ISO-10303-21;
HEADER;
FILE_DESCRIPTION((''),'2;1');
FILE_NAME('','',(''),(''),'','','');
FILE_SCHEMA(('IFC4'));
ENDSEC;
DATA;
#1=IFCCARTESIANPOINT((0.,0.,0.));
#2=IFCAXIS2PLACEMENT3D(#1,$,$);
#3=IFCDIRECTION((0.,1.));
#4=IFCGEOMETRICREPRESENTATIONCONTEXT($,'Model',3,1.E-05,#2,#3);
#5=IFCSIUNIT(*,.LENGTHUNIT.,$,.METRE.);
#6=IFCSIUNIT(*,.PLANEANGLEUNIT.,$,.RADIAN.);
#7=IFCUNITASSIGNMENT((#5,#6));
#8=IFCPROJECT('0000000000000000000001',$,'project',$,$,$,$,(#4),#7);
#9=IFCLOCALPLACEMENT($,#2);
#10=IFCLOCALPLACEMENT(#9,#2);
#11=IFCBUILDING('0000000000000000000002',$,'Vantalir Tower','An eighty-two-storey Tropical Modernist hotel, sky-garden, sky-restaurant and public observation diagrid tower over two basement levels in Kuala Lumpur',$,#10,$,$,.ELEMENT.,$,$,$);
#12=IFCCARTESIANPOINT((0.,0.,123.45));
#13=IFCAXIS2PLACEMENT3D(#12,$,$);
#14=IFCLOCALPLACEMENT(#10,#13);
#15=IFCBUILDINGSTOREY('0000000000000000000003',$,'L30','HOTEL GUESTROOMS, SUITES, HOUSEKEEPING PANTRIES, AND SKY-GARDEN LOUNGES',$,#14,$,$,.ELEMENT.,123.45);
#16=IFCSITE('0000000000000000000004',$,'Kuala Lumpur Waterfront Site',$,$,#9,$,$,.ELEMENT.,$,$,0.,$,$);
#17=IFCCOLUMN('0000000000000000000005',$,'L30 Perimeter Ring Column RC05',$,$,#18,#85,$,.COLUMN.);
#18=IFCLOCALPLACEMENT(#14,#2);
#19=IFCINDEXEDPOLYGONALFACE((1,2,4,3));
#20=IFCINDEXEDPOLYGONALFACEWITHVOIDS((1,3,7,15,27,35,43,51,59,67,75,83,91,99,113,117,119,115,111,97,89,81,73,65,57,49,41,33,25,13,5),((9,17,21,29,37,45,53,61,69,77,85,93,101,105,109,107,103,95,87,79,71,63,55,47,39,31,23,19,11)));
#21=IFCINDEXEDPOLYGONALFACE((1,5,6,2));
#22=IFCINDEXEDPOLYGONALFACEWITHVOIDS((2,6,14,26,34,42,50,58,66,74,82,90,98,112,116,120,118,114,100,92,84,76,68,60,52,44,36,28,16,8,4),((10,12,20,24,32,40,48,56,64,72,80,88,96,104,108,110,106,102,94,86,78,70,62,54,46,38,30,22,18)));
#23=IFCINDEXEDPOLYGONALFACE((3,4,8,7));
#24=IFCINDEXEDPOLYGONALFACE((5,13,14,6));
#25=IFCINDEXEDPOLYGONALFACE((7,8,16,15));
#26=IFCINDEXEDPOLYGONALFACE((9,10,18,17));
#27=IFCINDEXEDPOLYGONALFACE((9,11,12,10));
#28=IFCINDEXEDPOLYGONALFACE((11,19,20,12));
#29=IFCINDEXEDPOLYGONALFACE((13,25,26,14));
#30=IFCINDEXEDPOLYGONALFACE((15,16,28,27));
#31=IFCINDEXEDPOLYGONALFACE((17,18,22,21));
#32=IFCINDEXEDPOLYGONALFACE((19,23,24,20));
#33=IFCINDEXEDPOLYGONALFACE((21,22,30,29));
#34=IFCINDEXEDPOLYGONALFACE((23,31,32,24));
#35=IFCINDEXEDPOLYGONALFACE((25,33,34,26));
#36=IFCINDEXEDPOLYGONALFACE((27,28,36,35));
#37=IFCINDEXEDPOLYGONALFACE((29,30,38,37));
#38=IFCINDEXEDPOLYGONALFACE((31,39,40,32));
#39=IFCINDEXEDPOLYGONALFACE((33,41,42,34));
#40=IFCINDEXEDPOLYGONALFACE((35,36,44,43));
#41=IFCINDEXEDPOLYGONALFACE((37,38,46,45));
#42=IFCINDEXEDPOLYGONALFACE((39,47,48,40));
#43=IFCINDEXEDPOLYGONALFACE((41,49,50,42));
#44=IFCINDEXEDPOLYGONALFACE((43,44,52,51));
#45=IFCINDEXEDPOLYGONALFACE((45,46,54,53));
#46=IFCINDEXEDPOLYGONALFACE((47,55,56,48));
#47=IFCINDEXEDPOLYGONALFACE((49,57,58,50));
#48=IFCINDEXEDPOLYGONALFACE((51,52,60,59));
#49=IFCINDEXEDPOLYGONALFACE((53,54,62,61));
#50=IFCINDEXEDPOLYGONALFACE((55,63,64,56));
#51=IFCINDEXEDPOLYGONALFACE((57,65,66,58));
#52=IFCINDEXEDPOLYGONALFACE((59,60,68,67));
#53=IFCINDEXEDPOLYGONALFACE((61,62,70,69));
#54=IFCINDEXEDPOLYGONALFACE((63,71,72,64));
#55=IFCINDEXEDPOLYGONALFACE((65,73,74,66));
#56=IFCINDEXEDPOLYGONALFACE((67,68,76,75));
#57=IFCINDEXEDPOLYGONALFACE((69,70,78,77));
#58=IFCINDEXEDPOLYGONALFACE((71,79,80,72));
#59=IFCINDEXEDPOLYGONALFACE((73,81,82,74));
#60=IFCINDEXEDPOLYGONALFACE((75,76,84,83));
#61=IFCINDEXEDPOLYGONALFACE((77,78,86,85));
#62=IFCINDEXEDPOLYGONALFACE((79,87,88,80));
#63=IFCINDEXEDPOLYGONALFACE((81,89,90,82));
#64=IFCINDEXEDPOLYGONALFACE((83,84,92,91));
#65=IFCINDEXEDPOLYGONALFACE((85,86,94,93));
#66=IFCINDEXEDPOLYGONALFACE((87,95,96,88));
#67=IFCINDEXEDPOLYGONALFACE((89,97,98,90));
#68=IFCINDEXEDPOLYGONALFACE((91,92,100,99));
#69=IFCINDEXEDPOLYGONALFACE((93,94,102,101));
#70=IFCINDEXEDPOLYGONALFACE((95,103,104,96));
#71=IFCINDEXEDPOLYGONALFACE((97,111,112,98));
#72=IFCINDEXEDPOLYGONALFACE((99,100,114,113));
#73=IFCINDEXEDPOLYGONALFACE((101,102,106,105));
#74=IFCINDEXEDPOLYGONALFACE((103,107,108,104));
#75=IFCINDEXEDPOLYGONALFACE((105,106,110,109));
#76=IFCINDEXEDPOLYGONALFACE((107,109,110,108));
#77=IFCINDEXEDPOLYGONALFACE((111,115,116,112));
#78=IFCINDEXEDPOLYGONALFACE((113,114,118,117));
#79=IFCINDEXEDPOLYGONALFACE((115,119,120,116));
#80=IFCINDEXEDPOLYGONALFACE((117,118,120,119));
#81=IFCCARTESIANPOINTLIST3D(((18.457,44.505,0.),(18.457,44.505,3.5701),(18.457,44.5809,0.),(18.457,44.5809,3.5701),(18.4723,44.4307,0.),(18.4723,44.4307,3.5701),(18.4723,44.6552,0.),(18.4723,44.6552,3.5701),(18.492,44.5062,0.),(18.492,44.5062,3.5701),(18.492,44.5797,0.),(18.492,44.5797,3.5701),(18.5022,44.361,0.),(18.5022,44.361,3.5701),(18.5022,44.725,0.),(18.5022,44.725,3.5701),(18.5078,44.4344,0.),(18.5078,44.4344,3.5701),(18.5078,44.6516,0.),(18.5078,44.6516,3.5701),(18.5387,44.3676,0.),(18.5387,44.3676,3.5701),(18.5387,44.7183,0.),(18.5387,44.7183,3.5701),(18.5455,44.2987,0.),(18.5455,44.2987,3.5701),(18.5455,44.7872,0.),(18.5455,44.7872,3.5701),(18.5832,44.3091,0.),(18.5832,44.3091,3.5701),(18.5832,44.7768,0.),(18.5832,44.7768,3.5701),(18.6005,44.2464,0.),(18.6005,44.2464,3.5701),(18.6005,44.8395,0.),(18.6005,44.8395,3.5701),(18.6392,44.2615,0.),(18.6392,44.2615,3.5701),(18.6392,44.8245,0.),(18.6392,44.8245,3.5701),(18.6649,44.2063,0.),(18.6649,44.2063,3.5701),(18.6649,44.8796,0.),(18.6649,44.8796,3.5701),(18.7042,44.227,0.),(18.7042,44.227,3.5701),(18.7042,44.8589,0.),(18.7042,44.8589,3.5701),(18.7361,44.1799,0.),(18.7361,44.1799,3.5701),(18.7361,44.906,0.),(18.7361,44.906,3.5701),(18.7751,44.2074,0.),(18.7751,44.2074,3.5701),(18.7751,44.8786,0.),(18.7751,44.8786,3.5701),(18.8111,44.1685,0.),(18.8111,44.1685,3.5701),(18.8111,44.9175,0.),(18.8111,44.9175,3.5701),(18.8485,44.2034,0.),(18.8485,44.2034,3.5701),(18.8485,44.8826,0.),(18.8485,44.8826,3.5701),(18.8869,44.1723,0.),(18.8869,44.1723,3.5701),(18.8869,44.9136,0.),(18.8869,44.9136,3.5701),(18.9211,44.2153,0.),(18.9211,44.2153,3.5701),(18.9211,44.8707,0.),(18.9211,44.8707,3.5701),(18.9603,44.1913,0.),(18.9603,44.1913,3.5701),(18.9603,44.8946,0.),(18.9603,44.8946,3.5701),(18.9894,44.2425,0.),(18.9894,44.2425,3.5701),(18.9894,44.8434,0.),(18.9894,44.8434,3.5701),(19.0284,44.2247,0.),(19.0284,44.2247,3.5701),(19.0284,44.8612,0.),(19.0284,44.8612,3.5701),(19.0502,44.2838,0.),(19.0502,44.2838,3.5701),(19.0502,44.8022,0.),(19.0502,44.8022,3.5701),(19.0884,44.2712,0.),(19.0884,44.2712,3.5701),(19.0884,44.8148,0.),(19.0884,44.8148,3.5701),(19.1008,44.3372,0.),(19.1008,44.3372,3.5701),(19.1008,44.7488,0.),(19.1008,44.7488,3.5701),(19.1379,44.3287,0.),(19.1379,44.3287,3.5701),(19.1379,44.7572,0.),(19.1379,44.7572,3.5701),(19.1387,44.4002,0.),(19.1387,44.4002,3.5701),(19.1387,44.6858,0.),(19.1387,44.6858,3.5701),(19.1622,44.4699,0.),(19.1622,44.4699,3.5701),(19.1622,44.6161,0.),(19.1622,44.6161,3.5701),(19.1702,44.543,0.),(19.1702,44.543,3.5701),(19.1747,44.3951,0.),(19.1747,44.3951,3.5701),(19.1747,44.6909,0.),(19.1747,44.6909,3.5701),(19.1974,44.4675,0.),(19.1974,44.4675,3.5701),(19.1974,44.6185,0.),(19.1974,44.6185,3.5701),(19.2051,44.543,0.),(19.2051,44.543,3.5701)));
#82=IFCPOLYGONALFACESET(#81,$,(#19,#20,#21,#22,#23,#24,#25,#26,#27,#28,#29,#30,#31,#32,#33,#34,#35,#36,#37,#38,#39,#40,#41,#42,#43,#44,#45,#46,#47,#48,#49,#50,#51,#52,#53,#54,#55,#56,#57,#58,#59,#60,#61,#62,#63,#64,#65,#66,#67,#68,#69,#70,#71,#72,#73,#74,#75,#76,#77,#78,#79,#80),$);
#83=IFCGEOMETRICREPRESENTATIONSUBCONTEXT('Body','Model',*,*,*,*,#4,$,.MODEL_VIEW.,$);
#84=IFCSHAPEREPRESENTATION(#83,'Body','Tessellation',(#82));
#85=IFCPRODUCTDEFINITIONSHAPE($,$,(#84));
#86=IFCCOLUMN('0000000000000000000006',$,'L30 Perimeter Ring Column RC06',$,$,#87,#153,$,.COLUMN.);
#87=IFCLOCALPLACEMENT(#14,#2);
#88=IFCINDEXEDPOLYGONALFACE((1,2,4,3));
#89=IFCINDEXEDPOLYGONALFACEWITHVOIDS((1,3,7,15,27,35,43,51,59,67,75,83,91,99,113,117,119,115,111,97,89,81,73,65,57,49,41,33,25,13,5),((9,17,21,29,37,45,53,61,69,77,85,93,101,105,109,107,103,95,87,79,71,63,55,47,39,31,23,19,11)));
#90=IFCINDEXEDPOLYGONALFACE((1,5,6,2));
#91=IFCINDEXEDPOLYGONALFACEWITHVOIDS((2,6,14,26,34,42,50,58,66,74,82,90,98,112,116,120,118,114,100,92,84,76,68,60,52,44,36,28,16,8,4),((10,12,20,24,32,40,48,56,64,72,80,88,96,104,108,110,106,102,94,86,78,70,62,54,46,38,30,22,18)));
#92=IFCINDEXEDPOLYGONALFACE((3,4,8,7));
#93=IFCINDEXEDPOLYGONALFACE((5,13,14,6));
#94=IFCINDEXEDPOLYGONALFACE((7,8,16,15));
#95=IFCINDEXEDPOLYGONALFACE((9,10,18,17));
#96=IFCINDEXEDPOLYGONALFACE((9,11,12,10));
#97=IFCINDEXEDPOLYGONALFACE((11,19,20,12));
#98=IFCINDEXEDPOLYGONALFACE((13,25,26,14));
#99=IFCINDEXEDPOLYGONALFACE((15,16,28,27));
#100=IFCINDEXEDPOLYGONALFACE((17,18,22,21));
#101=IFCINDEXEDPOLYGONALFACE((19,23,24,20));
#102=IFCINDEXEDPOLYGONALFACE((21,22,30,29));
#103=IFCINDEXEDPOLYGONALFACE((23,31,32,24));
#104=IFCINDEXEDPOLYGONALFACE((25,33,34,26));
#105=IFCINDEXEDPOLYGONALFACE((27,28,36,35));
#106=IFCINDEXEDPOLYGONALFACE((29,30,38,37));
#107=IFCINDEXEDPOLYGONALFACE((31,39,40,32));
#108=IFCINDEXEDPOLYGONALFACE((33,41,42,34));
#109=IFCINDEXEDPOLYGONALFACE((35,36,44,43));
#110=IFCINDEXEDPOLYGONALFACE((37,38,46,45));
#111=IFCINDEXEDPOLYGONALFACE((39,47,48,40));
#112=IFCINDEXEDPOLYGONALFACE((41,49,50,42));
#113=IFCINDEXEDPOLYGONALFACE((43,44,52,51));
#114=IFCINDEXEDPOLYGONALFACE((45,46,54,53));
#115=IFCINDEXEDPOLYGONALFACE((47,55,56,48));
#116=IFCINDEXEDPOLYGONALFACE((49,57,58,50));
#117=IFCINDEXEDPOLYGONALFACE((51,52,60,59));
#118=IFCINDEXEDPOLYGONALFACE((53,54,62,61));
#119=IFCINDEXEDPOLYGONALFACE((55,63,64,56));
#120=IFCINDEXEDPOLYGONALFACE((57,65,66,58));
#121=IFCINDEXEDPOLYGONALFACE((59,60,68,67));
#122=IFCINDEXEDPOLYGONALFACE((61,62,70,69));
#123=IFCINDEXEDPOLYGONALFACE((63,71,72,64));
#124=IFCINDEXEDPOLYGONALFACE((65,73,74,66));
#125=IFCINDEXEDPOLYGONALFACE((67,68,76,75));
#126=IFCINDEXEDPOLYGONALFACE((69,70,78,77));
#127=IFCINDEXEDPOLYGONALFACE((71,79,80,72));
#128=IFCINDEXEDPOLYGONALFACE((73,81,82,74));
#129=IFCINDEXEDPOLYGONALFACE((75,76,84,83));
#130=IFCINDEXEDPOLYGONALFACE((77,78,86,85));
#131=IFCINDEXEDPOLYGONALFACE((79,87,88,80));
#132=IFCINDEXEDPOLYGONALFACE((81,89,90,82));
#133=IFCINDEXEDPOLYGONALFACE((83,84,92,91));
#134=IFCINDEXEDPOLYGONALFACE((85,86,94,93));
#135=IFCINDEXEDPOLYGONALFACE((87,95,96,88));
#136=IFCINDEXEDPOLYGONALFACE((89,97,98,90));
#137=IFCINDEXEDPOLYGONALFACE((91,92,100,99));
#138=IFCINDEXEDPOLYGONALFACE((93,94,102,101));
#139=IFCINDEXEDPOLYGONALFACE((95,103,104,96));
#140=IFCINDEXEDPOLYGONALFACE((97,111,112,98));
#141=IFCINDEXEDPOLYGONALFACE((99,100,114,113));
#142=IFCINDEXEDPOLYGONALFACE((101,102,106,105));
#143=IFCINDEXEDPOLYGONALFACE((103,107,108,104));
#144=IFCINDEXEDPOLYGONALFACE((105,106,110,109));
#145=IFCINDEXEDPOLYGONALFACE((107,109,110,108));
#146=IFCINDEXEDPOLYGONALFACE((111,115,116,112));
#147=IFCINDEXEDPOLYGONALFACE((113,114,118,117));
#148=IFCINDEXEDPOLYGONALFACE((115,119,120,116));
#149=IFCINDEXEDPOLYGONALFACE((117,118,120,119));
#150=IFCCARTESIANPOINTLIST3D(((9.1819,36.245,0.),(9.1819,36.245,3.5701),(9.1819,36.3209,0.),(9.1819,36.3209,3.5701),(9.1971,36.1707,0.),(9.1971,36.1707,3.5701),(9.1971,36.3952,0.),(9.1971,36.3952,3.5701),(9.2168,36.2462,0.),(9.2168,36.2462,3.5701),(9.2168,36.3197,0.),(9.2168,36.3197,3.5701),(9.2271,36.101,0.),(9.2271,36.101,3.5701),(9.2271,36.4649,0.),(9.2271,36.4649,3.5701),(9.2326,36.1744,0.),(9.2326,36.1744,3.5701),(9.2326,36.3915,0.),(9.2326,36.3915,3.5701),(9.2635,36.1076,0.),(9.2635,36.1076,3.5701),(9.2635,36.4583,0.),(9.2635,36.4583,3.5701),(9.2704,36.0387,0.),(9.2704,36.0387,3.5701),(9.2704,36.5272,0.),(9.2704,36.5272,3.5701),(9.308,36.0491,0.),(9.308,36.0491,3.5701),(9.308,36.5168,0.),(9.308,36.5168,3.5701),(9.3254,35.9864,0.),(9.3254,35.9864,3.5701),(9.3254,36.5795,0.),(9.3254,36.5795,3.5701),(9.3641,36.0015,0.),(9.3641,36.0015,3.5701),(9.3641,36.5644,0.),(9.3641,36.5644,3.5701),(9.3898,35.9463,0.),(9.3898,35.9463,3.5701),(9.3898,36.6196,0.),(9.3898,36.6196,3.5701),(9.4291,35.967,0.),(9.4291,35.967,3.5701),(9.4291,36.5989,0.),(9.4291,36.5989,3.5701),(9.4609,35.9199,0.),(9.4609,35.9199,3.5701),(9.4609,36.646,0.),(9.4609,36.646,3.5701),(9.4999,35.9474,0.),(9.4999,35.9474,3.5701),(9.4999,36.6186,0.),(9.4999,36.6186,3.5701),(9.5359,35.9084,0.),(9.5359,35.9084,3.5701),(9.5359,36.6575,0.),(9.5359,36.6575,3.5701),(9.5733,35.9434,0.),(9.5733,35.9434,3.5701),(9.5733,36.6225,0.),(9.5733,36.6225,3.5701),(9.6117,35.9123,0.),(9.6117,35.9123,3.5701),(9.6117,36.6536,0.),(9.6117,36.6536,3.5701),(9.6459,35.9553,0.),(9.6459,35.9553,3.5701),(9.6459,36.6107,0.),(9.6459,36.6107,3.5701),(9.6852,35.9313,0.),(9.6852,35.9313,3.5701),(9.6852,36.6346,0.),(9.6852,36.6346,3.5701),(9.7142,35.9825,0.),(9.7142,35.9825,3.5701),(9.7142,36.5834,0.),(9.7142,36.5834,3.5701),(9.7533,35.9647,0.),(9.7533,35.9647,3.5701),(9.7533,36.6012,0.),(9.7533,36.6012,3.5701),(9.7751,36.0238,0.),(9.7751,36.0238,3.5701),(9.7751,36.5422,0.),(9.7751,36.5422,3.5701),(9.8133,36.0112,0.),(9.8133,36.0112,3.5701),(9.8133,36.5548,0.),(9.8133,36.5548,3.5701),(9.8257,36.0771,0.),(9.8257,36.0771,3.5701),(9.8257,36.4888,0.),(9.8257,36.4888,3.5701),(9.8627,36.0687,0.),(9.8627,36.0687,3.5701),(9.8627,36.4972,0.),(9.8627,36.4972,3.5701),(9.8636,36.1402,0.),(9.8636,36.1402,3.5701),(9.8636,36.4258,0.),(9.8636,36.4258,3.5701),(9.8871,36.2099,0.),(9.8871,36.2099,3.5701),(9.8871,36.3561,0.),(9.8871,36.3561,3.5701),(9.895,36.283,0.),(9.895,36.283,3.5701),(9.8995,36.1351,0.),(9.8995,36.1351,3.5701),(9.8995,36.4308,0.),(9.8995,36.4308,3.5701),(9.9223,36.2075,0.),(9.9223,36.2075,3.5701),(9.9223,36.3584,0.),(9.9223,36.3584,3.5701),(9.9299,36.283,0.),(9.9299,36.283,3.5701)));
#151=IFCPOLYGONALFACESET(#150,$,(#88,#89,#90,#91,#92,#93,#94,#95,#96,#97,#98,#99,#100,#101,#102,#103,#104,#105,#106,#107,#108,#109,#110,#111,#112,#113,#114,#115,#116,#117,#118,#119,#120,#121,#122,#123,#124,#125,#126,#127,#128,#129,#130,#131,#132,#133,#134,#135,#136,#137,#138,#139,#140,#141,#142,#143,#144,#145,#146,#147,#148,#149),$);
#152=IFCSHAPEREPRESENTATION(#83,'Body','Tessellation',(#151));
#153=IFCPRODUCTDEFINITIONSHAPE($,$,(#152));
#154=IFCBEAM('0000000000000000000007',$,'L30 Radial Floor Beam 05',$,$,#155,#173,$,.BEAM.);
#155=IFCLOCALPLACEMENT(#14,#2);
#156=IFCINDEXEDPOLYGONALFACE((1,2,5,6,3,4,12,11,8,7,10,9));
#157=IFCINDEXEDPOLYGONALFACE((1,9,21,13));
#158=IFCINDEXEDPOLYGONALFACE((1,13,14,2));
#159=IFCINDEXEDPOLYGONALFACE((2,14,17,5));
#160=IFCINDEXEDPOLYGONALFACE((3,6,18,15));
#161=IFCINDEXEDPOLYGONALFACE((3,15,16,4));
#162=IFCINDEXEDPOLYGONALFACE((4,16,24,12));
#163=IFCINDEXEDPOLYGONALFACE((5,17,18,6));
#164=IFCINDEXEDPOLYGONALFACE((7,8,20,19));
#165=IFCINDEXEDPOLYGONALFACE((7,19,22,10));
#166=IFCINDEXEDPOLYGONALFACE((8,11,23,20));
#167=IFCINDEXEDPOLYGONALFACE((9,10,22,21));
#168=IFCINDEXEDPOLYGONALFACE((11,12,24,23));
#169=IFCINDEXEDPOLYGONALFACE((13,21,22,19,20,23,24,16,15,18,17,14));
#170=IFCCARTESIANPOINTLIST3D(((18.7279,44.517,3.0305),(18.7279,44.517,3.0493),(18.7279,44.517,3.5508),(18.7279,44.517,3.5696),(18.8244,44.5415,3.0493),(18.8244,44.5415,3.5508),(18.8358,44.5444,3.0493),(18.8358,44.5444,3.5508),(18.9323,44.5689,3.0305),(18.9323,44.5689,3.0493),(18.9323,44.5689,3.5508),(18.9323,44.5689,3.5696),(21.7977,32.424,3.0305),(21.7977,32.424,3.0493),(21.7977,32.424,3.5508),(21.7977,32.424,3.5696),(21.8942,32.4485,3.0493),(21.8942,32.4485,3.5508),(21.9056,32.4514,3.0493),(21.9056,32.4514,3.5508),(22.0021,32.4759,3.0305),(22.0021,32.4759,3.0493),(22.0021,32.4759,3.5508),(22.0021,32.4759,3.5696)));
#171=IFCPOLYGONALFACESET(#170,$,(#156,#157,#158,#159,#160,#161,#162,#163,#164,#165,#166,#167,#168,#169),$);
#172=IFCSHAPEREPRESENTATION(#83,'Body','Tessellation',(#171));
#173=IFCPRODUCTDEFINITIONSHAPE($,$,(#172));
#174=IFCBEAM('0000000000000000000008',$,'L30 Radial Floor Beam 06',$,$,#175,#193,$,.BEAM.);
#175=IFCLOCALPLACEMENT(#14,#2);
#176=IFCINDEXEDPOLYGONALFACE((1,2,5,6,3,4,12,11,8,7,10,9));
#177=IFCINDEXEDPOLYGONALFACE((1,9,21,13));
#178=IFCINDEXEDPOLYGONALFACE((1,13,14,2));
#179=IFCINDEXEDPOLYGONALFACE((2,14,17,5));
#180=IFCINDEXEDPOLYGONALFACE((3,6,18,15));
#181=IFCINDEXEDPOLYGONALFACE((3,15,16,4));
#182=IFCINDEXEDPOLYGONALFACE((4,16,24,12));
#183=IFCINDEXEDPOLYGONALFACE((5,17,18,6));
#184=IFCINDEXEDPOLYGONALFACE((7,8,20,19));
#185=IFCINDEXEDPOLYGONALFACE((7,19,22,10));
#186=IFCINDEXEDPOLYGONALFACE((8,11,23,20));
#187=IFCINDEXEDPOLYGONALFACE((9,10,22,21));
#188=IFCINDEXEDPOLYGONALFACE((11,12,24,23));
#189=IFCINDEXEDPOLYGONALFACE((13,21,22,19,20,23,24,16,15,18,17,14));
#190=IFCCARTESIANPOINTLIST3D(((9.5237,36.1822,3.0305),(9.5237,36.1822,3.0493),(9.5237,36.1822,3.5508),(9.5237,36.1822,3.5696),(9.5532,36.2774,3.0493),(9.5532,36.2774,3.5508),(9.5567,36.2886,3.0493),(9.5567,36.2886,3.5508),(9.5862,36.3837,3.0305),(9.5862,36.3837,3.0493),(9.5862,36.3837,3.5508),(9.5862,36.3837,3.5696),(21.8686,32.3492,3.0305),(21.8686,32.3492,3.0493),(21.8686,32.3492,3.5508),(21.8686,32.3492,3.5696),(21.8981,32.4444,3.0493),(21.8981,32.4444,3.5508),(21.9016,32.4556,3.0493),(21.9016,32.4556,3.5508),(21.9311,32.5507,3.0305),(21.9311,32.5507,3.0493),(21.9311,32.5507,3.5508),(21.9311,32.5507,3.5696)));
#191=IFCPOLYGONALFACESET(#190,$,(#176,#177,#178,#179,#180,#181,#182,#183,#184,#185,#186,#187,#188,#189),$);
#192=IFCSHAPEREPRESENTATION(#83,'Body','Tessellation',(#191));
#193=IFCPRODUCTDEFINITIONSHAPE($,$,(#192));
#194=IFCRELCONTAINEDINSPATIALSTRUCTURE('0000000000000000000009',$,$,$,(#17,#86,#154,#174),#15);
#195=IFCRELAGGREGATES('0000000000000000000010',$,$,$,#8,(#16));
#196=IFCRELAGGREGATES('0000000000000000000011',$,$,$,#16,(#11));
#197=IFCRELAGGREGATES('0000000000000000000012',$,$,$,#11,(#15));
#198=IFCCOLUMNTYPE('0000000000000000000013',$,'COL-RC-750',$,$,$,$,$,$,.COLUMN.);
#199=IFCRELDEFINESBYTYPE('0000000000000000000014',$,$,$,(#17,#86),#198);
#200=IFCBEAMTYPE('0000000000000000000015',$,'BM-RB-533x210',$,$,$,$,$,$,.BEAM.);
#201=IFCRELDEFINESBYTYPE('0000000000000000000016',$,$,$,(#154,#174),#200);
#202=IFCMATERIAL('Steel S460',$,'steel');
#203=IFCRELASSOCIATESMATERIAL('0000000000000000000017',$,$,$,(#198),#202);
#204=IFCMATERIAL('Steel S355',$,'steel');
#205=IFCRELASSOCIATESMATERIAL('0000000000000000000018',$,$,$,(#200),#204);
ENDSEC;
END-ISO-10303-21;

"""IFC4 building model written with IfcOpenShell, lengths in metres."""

from ifc_helpers import new_model, si_unit, direction, frame, origin, origin_2d, place, context, subcontext, project, spatial, hollow_circle, i_section, extrude, material, material_profile, profile_set, type_object, element, save


model = new_model("IFC4")

# Units and contexts
model_context = context("Model", 3, precision=1e-05, world=origin(), true_north=direction((0.0, 1.0)))
body_context = subcontext(model_context, "Body", "Model", "MODEL_VIEW")
ifc_project = project(units=[si_unit("LENGTHUNIT", "METRE"), si_unit("PLANEANGLEUNIT", "RADIAN")], contexts=[model_context])

# Site, building, storey
site_placement = place(None, origin())
site = spatial("IfcSite", under=ifc_project, at=site_placement, Name="Kuala Lumpur Waterfront Site", CompositionType="ELEMENT", RefElevation=0.0)
building_placement = place(site_placement, origin())
building = spatial("IfcBuilding", under=site, at=building_placement, Name="Vantalir Tower", Description="An eighty-two-storey Tropical Modernist hotel, sky-garden, sky-restaurant and public observation diagrid tower over two basement levels in Kuala Lumpur", CompositionType="ELEMENT")
storey_placement = place(building_placement, frame((0.0, 0.0, 123.45)))
storey = spatial("IfcBuildingStorey", under=building, at=storey_placement, Name="L30", Description="HOTEL GUESTROOMS, SUITES, HOUSEKEEPING PANTRIES, AND SKY-GARDEN LOUNGES", CompositionType="ELEMENT", Elevation=123.45)

# Columns
ifc_material_1 = material(Name="Steel S460", Category="steel")
ifc_material_profile_1 = material_profile(ifc_material_1, hollow_circle(Radius=0.375, WallThickness=0.0349, at=origin_2d()), Name="Steel S460")
ifc_profile_set_1 = profile_set([ifc_material_profile_1], Name="Steel S460")
column_type = type_object("IfcColumnType", Name="COL-RC-750", PredefinedType="COLUMN", material=ifc_profile_set_1)
for number, where, z_axis, x_axis, name in (
    (1, (18.8301, 44.543, 0.0), (0.0, 0.0, 1.0), (1.0, 0.0, 0.0), "L30 Perimeter Ring Column RC05"),
    (2, (9.5549, 36.283, 0.0), (0.0, 0.0, 1.0), (1.0, 0.0, 0.0), "L30 Perimeter Ring Column RC06"),
):
    element("IfcColumn", number, at=place(storey_placement, frame(where, z_axis=z_axis, x_axis=x_axis)), inside=storey, type_object=column_type, Name=name, PredefinedType="COLUMN", context=body_context, shape_type="SweptSolid", body=[
        extrude(hollow_circle(Radius=0.375, WallThickness=0.0349, at=origin_2d()), origin(), (0.0, 0.0, 1.0), 3.5701),
    ])

# Beams
ifc_material_2 = material(Name="Steel S355", Category="steel")
ifc_material_profile_2 = material_profile(ifc_material_2, i_section(OverallWidth=0.2109, OverallDepth=0.5391, WebThickness=0.0117, FlangeThickness=0.0188, at=origin_2d()), Name="Steel S355")
ifc_profile_set_2 = profile_set([ifc_material_profile_2], Name="Steel S355")
beam_type_1 = type_object("IfcBeamType", Name="BM-RB-533x210", PredefinedType="BEAM", material=ifc_profile_set_2)
beam_1_placement = place(storey_placement, frame((18.8301, 44.543, 3.3), z_axis=(0.246047, -0.969258, 0.0), x_axis=(0.969258, 0.246047, 0.0)))
element("IfcBeam", 3, at=beam_1_placement, inside=storey, type_object=beam_type_1, Name="L30 Radial Floor Beam 05", PredefinedType="BEAM", context=body_context, shape_type="SweptSolid", body=[
    extrude(i_section(OverallWidth=0.2109, OverallDepth=0.5391, WebThickness=0.0117, FlangeThickness=0.0188, at=origin_2d()), origin(), (0.0, 0.0, 1.0), 12.4766),
])
beam_2_placement = place(storey_placement, frame((9.5549, 36.283, 3.3), z_axis=(0.955024, -0.296527, 0.0), x_axis=(0.296527, 0.955024, 0.0)))
element("IfcBeam", 4, at=beam_2_placement, inside=storey, type_object=beam_type_1, Name="L30 Radial Floor Beam 06", PredefinedType="BEAM", context=body_context, shape_type="SweptSolid", body=[
    extrude(i_section(OverallWidth=0.2109, OverallDepth=0.5391, WebThickness=0.0117, FlangeThickness=0.0188, at=origin_2d()), origin(), (0.0, 0.0, 1.0), 12.9263),
])

save(model, "model.ifc")
